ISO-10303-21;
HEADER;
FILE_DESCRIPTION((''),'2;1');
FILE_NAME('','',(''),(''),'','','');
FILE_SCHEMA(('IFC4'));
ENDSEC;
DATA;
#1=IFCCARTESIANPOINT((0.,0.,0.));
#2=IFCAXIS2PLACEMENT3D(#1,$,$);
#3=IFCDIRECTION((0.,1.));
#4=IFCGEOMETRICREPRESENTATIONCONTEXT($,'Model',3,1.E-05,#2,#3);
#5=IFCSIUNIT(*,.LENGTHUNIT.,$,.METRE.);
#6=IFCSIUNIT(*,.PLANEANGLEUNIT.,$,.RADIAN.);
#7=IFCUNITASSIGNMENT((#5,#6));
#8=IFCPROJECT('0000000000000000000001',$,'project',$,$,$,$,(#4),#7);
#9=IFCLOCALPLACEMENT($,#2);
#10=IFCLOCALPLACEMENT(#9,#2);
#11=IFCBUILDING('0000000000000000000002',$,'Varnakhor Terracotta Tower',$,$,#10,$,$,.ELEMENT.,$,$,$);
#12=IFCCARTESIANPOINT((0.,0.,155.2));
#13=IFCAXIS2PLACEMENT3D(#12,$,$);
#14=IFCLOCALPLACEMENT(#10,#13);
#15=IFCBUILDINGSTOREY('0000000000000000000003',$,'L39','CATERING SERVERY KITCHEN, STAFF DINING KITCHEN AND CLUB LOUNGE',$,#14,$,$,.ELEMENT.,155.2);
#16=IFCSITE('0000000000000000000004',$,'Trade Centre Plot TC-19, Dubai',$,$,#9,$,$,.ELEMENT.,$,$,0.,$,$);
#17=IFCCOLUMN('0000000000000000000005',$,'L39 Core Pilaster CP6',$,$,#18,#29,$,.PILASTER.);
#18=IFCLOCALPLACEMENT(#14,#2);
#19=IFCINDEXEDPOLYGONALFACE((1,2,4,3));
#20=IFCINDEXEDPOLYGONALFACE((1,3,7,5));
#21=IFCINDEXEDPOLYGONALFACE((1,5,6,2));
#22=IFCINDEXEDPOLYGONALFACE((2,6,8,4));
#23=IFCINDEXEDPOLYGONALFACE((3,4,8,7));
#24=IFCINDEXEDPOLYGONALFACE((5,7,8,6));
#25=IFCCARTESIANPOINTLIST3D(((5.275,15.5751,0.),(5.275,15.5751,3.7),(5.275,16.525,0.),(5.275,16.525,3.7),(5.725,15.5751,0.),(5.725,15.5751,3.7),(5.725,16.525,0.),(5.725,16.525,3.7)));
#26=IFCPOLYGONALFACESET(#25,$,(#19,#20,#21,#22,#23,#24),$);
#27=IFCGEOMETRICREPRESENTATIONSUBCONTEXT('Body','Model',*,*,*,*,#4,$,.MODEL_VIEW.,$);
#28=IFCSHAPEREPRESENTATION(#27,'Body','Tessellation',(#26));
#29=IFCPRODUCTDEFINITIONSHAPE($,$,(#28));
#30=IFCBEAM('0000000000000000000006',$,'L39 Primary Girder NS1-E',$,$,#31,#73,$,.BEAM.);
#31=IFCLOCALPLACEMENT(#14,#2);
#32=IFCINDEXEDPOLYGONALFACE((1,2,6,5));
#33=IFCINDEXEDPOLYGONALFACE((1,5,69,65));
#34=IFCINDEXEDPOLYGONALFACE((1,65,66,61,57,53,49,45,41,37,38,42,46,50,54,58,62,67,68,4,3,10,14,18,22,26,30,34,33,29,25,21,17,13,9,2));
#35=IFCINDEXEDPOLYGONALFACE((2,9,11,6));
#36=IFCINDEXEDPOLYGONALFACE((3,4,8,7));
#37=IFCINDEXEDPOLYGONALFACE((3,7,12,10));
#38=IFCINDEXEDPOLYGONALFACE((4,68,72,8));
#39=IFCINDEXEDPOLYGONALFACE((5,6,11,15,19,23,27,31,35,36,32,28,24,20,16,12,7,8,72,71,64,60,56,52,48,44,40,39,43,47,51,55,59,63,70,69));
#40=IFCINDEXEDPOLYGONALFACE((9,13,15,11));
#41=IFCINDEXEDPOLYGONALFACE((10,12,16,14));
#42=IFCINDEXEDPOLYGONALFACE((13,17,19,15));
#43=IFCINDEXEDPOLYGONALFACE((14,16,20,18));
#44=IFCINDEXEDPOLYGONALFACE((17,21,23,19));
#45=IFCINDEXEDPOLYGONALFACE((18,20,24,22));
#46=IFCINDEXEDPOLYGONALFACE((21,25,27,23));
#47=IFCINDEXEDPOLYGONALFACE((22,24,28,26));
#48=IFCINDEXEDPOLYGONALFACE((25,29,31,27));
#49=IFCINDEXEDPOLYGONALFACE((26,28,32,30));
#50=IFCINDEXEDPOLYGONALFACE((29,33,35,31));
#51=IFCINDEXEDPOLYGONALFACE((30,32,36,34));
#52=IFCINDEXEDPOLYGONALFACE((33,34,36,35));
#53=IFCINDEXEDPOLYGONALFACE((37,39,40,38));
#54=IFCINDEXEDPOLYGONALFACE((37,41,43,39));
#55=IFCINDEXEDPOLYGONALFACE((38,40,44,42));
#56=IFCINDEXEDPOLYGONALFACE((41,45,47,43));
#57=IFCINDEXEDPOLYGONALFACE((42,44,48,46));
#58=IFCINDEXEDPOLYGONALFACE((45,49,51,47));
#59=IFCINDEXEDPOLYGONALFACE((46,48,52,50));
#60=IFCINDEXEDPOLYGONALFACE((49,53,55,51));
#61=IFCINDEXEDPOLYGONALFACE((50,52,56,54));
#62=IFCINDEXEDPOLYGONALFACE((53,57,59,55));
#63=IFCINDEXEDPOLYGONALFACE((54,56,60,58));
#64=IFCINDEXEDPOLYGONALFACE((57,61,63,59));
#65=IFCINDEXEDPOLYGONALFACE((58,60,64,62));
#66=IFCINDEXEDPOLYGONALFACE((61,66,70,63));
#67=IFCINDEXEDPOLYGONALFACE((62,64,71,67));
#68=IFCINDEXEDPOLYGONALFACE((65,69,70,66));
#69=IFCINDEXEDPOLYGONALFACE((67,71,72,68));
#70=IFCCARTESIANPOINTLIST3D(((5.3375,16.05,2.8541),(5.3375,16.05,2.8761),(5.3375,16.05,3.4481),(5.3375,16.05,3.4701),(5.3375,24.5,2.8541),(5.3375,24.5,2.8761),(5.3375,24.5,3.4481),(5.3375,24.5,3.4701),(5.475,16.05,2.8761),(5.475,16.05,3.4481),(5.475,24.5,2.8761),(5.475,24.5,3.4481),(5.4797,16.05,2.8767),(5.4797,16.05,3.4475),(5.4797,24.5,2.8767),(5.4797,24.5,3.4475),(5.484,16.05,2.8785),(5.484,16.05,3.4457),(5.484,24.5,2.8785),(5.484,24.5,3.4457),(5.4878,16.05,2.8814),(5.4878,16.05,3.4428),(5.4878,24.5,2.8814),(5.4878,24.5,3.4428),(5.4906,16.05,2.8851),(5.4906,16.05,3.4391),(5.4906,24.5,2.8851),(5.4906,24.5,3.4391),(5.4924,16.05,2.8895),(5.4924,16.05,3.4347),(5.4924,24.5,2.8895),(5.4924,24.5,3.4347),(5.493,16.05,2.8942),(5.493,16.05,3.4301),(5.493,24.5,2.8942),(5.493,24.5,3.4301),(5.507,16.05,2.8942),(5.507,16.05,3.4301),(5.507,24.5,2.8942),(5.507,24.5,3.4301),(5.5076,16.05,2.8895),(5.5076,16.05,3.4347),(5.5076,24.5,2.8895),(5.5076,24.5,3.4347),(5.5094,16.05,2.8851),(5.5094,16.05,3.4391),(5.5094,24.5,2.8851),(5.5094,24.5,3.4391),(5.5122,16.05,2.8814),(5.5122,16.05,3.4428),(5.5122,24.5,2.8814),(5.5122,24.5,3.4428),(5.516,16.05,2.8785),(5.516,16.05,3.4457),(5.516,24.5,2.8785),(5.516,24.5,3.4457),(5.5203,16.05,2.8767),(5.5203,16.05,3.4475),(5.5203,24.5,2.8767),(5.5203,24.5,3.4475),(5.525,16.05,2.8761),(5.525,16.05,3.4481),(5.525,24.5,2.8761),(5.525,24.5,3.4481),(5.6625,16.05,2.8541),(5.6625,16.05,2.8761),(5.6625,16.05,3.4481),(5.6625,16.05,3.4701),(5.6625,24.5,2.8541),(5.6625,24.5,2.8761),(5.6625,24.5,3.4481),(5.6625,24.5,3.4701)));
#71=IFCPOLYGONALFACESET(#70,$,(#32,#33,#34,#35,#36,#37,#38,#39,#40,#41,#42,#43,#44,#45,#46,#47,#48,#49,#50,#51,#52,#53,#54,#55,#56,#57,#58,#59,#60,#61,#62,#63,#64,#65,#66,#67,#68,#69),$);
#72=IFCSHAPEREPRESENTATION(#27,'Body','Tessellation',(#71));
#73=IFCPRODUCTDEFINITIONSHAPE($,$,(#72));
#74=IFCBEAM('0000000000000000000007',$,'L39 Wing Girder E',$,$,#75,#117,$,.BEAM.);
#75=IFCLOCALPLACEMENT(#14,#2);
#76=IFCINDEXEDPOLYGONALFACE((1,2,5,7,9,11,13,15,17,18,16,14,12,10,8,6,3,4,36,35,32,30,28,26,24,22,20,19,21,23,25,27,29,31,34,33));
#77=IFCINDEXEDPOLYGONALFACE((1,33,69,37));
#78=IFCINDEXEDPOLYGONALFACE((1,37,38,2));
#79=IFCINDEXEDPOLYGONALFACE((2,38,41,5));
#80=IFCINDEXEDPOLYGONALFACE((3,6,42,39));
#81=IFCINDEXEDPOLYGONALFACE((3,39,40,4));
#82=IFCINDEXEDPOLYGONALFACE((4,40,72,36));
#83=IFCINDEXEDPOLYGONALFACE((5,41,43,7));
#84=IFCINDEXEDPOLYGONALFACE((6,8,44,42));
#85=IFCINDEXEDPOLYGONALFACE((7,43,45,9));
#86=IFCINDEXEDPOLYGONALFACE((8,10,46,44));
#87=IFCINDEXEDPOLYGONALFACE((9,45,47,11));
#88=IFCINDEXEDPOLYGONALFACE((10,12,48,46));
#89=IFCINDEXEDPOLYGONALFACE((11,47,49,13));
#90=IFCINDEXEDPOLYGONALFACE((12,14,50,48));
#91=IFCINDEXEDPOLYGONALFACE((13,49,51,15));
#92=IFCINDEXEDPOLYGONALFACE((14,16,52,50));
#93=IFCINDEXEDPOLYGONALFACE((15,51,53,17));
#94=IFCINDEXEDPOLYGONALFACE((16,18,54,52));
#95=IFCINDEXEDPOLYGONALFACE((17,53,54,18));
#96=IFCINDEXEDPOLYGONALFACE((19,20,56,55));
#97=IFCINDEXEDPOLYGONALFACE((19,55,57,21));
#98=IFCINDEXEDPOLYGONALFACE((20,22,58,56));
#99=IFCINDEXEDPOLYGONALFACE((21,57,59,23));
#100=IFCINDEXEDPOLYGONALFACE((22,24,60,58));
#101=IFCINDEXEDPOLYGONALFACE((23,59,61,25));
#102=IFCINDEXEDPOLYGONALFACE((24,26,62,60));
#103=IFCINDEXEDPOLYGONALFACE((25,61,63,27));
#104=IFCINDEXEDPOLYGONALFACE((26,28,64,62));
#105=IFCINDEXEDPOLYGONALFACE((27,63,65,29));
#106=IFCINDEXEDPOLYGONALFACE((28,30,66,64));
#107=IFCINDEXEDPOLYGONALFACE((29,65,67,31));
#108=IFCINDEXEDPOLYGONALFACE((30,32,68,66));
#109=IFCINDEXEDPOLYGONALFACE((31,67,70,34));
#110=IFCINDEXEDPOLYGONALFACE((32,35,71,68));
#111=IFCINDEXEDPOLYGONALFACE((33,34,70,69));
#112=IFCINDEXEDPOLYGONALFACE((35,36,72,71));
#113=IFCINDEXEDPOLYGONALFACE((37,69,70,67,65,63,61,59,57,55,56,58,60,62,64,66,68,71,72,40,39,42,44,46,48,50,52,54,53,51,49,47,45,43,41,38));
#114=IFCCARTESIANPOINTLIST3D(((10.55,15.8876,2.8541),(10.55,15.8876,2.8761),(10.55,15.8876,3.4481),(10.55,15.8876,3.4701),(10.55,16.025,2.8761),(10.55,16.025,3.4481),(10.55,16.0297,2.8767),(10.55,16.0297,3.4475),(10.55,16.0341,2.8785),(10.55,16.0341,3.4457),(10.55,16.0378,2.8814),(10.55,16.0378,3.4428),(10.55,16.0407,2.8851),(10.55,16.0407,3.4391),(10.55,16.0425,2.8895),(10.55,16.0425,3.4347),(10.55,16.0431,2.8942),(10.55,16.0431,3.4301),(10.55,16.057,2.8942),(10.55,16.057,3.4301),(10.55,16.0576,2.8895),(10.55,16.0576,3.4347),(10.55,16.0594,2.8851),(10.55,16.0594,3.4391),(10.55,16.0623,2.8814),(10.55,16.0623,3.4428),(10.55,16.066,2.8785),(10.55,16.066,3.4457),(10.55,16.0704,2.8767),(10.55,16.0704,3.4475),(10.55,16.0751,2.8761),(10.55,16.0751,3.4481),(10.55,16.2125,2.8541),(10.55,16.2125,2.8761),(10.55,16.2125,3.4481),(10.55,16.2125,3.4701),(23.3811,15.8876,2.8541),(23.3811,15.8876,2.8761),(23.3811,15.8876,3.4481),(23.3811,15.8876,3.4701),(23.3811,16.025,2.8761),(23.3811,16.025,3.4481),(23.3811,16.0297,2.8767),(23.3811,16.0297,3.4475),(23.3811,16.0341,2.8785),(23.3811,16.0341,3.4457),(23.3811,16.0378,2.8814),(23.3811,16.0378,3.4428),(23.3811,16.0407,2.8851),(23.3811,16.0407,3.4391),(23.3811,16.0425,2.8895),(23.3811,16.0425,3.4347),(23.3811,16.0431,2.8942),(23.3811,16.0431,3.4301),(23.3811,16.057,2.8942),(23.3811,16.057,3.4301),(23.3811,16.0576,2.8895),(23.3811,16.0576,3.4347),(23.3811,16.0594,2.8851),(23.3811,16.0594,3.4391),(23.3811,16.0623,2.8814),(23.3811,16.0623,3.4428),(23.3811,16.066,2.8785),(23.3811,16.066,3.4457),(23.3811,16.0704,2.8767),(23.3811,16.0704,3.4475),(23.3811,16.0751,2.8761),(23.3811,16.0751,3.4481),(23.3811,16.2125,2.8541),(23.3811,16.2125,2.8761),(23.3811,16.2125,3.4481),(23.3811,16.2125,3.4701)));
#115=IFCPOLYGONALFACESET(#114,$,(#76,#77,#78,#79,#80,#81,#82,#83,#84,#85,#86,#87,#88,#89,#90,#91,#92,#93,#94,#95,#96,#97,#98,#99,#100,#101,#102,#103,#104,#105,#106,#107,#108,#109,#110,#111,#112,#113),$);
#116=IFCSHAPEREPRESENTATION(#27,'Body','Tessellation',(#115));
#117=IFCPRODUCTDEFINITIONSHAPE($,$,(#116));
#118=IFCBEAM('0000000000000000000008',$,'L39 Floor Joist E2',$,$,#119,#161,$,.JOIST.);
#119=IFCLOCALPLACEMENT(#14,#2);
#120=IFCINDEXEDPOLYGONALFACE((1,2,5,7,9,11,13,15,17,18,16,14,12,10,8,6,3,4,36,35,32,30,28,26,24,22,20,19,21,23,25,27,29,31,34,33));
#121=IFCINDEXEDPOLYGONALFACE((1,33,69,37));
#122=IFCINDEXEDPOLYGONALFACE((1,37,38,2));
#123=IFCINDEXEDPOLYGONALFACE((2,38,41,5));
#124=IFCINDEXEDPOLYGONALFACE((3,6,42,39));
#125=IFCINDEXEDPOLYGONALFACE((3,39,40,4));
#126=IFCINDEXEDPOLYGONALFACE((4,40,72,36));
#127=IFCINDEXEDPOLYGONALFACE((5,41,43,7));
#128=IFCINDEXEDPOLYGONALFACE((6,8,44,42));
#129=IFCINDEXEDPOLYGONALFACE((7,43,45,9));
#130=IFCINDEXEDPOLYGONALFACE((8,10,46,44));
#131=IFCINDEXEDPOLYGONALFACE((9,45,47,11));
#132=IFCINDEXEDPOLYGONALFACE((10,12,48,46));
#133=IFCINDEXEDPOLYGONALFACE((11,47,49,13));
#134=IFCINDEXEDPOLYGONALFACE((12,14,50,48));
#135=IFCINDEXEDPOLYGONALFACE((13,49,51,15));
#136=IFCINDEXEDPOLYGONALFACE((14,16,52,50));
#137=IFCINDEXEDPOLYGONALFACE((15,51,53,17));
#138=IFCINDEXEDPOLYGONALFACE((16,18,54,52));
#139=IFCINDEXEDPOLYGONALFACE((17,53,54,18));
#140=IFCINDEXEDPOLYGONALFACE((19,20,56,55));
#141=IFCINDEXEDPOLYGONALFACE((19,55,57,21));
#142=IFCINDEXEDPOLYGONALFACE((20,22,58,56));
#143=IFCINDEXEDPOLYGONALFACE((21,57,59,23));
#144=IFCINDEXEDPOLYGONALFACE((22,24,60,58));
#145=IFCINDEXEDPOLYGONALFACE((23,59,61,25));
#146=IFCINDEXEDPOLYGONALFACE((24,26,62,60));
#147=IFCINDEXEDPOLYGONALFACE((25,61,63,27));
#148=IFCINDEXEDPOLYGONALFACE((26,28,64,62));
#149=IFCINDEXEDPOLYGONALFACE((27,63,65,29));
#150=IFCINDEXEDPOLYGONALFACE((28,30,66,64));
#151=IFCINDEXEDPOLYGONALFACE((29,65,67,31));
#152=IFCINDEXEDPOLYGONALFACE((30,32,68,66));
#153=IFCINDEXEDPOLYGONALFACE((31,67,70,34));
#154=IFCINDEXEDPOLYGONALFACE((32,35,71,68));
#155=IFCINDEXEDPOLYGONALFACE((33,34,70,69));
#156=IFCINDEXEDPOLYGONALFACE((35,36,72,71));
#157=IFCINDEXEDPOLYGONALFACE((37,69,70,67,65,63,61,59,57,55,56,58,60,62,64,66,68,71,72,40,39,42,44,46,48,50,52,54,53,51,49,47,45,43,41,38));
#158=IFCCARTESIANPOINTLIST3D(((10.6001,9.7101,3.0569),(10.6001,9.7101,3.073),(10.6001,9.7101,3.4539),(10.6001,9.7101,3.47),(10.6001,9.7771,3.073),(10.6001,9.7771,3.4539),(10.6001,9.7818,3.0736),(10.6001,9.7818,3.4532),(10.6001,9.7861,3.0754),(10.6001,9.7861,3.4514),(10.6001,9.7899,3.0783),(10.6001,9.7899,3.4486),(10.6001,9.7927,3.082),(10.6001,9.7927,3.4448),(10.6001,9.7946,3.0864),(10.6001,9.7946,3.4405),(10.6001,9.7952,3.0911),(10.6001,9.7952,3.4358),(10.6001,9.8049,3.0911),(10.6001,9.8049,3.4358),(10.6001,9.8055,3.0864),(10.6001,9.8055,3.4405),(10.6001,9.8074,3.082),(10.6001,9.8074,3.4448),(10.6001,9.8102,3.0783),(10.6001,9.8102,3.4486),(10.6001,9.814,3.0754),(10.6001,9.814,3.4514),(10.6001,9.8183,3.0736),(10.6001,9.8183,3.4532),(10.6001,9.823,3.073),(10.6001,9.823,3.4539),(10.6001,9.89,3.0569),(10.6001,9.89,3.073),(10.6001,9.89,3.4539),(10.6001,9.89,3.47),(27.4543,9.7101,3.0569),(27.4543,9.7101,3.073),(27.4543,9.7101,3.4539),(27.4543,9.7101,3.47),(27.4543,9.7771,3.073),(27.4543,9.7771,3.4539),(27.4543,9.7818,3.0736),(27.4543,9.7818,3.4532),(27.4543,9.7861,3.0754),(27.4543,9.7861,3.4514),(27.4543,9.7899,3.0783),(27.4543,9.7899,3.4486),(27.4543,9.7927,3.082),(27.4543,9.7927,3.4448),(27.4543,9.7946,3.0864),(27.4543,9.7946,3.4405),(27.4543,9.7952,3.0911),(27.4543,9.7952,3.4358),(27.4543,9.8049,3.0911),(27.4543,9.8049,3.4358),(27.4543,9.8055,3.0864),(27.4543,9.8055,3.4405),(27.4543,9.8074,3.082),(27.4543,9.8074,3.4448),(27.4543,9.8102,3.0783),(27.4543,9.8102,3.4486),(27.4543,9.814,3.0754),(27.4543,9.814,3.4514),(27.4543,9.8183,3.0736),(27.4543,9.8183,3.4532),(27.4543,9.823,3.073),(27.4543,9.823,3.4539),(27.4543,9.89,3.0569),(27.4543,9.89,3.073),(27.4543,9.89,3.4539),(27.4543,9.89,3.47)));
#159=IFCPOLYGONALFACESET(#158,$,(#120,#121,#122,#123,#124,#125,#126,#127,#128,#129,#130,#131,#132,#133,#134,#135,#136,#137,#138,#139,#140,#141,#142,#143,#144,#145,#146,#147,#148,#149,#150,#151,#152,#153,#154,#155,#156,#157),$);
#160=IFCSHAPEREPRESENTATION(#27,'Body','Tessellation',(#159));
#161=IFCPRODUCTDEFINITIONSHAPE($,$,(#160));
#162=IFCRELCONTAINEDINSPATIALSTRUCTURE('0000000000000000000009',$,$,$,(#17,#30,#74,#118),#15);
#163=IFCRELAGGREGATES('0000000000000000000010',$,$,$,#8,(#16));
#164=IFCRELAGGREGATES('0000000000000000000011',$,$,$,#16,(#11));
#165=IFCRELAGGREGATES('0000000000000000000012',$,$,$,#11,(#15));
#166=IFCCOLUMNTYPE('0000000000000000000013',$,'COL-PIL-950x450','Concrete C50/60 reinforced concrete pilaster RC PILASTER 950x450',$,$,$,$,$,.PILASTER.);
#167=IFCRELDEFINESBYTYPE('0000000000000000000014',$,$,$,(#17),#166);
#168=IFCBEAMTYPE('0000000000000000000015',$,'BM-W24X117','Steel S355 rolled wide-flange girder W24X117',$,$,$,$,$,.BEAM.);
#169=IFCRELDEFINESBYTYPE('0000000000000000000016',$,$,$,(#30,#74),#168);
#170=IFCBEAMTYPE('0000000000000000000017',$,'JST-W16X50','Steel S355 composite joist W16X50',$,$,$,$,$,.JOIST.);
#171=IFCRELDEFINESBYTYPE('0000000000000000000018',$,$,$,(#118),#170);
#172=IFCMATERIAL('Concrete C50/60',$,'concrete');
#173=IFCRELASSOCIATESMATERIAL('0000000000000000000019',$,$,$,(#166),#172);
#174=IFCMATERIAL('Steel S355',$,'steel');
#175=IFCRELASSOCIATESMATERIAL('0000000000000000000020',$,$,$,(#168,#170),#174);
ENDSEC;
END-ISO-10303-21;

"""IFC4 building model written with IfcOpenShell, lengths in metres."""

from ifc_helpers import new_model, si_unit, direction, frame, origin, origin_2d, place, context, subcontext, project, spatial, rectangle, i_section, extrude, source, transform, mapped, material, material_profile, profile_set, type_object, type_shapes, element, save


model = new_model("IFC4")

# Units and contexts
model_context = context("Model", 3, precision=1e-05, world=origin(), true_north=direction((0.0, 1.0)))
body_context = subcontext(model_context, "Body", "Model", "MODEL_VIEW")
ifc_project = project(units=[si_unit("LENGTHUNIT", "METRE"), si_unit("PLANEANGLEUNIT", "RADIAN")], contexts=[model_context])

# Site, building, storey
site_placement = place(None, origin())
site = spatial("IfcSite", under=ifc_project, at=site_placement, Name="Trade Centre Plot TC-19, Dubai", CompositionType="ELEMENT", RefElevation=0.0)
building_placement = place(site_placement, origin())
building = spatial("IfcBuilding", under=site, at=building_placement, Name="Varnakhor Terracotta Tower", CompositionType="ELEMENT")
storey_placement = place(building_placement, frame((0.0, 0.0, 155.2)))
storey = spatial("IfcBuildingStorey", under=building, at=storey_placement, Name="L39", Description="CATERING SERVERY KITCHEN, STAFF DINING KITCHEN AND CLUB LOUNGE", CompositionType="ELEMENT", Elevation=155.2)

# Column
ifc_material_1 = material(Name="Concrete C50/60", Category="concrete")
ifc_material_profile_1 = material_profile(ifc_material_1, rectangle(XDim=0.45, YDim=0.95, at=origin_2d()), Name="RC PILASTER 950x450")
ifc_profile_set_1 = profile_set([ifc_material_profile_1], Name="Concrete C50/60")
column_type = type_object("IfcColumnType", Name="COL-PIL-950x450", Description="Concrete C50/60 reinforced concrete pilaster RC PILASTER 950x450", PredefinedType="PILASTER", material=ifc_profile_set_1)
shared_shape_1 = source(origin(), body_context, "Body", "SweptSolid", [
    extrude(rectangle(XDim=0.45, YDim=0.95, at=origin_2d()), origin(), (0.0, 0.0, 1.0), 3.7),
])
column_placement = place(storey_placement, frame((5.5, 16.05, 0.0), z_axis=(0.0, 0.0, 1.0), x_axis=(1.0, 0.0, 0.0)))
element("IfcColumn", 1, at=column_placement, inside=storey, type_object=column_type, Name="L39 Core Pilaster CP6", PredefinedType="PILASTER", context=body_context, shape_type="MappedRepresentation", body=[
    mapped(shared_shape_1, transform((0.0, 0.0, 0.0), scale=1.0)),
])

# Beams
ifc_material_2 = material(Name="Steel S355", Category="steel")
ifc_material_profile_2 = material_profile(ifc_material_2, i_section(OverallWidth=0.325, OverallDepth=0.616, WebThickness=0.0139, FlangeThickness=0.022, FilletRadius=0.0181, at=origin_2d()), Name="W24X117")
ifc_profile_set_2 = profile_set([ifc_material_profile_2], Name="Steel S355")
beam_type_1 = type_object("IfcBeamType", Name="BM-W24X117", Description="Steel S355 rolled wide-flange girder W24X117", PredefinedType="BEAM", material=ifc_profile_set_2)
shared_shape_2 = source(origin(), body_context, "Body", "SweptSolid", [
    extrude(i_section(OverallWidth=0.325, OverallDepth=0.616, WebThickness=0.0139, FlangeThickness=0.022, FilletRadius=0.0181, at=origin_2d()), origin(), (0.0, 0.0, 1.0), 8.45),
])
type_shapes(beam_type_1, [shared_shape_2])
beam_1_placement = place(storey_placement, frame((5.5, 16.05, 3.1621), z_axis=(0.0, 1.0, 0.0), x_axis=(-1.0, 0.0, 0.0)))
element("IfcBeam", 2, at=beam_1_placement, inside=storey, type_object=beam_type_1, Name="L39 Primary Girder NS1-E", PredefinedType="BEAM", context=body_context, shape_type="MappedRepresentation", body=[
    mapped(shared_shape_2, transform((0.0, 0.0, 0.0), scale=1.0)),
])
shared_shape_3 = source(origin(), body_context, "Body", "SweptSolid", [
    extrude(i_section(OverallWidth=0.325, OverallDepth=0.616, WebThickness=0.0139, FlangeThickness=0.022, FilletRadius=0.0181, at=origin_2d()), origin(), (0.0, 0.0, 1.0), 12.8311),
])
beam_2_placement = place(storey_placement, frame((10.55, 16.05, 3.1621), z_axis=(1.0, 0.0, 0.0), x_axis=(0.0, 1.0, 0.0)))
element("IfcBeam", 3, at=beam_2_placement, inside=storey, type_object=beam_type_1, Name="L39 Wing Girder E", PredefinedType="BEAM", context=body_context, shape_type="MappedRepresentation", body=[
    mapped(shared_shape_3, transform((0.0, 0.0, 0.0), scale=1.0)),
])
ifc_material_profile_3 = material_profile(ifc_material_2, i_section(OverallWidth=0.1799, OverallDepth=0.4131, WebThickness=0.0098, FlangeThickness=0.0161, FilletRadius=0.0181, at=origin_2d()), Name="W16X50")
ifc_profile_set_3 = profile_set([ifc_material_profile_3], Name="Steel S355")
beam_type_2 = type_object("IfcBeamType", Name="JST-W16X50", Description="Steel S355 composite joist W16X50", PredefinedType="JOIST", material=ifc_profile_set_3)
shared_shape_4 = source(origin(), body_context, "Body", "SweptSolid", [
    extrude(i_section(OverallWidth=0.1799, OverallDepth=0.4131, WebThickness=0.0098, FlangeThickness=0.0161, FilletRadius=0.0181, at=origin_2d()), origin(), (0.0, 0.0, 1.0), 16.8542),
])
beam_3_placement = place(storey_placement, frame((10.6001, 9.8, 3.2634), z_axis=(1.0, 0.0, 0.0), x_axis=(0.0, 1.0, 0.0)))
element("IfcBeam", 4, at=beam_3_placement, inside=storey, type_object=beam_type_2, Name="L39 Floor Joist E2", PredefinedType="JOIST", context=body_context, shape_type="MappedRepresentation", body=[
    mapped(shared_shape_4, transform((0.0, 0.0, 0.0), scale=1.0)),
])

save(model, "model.ifc")
